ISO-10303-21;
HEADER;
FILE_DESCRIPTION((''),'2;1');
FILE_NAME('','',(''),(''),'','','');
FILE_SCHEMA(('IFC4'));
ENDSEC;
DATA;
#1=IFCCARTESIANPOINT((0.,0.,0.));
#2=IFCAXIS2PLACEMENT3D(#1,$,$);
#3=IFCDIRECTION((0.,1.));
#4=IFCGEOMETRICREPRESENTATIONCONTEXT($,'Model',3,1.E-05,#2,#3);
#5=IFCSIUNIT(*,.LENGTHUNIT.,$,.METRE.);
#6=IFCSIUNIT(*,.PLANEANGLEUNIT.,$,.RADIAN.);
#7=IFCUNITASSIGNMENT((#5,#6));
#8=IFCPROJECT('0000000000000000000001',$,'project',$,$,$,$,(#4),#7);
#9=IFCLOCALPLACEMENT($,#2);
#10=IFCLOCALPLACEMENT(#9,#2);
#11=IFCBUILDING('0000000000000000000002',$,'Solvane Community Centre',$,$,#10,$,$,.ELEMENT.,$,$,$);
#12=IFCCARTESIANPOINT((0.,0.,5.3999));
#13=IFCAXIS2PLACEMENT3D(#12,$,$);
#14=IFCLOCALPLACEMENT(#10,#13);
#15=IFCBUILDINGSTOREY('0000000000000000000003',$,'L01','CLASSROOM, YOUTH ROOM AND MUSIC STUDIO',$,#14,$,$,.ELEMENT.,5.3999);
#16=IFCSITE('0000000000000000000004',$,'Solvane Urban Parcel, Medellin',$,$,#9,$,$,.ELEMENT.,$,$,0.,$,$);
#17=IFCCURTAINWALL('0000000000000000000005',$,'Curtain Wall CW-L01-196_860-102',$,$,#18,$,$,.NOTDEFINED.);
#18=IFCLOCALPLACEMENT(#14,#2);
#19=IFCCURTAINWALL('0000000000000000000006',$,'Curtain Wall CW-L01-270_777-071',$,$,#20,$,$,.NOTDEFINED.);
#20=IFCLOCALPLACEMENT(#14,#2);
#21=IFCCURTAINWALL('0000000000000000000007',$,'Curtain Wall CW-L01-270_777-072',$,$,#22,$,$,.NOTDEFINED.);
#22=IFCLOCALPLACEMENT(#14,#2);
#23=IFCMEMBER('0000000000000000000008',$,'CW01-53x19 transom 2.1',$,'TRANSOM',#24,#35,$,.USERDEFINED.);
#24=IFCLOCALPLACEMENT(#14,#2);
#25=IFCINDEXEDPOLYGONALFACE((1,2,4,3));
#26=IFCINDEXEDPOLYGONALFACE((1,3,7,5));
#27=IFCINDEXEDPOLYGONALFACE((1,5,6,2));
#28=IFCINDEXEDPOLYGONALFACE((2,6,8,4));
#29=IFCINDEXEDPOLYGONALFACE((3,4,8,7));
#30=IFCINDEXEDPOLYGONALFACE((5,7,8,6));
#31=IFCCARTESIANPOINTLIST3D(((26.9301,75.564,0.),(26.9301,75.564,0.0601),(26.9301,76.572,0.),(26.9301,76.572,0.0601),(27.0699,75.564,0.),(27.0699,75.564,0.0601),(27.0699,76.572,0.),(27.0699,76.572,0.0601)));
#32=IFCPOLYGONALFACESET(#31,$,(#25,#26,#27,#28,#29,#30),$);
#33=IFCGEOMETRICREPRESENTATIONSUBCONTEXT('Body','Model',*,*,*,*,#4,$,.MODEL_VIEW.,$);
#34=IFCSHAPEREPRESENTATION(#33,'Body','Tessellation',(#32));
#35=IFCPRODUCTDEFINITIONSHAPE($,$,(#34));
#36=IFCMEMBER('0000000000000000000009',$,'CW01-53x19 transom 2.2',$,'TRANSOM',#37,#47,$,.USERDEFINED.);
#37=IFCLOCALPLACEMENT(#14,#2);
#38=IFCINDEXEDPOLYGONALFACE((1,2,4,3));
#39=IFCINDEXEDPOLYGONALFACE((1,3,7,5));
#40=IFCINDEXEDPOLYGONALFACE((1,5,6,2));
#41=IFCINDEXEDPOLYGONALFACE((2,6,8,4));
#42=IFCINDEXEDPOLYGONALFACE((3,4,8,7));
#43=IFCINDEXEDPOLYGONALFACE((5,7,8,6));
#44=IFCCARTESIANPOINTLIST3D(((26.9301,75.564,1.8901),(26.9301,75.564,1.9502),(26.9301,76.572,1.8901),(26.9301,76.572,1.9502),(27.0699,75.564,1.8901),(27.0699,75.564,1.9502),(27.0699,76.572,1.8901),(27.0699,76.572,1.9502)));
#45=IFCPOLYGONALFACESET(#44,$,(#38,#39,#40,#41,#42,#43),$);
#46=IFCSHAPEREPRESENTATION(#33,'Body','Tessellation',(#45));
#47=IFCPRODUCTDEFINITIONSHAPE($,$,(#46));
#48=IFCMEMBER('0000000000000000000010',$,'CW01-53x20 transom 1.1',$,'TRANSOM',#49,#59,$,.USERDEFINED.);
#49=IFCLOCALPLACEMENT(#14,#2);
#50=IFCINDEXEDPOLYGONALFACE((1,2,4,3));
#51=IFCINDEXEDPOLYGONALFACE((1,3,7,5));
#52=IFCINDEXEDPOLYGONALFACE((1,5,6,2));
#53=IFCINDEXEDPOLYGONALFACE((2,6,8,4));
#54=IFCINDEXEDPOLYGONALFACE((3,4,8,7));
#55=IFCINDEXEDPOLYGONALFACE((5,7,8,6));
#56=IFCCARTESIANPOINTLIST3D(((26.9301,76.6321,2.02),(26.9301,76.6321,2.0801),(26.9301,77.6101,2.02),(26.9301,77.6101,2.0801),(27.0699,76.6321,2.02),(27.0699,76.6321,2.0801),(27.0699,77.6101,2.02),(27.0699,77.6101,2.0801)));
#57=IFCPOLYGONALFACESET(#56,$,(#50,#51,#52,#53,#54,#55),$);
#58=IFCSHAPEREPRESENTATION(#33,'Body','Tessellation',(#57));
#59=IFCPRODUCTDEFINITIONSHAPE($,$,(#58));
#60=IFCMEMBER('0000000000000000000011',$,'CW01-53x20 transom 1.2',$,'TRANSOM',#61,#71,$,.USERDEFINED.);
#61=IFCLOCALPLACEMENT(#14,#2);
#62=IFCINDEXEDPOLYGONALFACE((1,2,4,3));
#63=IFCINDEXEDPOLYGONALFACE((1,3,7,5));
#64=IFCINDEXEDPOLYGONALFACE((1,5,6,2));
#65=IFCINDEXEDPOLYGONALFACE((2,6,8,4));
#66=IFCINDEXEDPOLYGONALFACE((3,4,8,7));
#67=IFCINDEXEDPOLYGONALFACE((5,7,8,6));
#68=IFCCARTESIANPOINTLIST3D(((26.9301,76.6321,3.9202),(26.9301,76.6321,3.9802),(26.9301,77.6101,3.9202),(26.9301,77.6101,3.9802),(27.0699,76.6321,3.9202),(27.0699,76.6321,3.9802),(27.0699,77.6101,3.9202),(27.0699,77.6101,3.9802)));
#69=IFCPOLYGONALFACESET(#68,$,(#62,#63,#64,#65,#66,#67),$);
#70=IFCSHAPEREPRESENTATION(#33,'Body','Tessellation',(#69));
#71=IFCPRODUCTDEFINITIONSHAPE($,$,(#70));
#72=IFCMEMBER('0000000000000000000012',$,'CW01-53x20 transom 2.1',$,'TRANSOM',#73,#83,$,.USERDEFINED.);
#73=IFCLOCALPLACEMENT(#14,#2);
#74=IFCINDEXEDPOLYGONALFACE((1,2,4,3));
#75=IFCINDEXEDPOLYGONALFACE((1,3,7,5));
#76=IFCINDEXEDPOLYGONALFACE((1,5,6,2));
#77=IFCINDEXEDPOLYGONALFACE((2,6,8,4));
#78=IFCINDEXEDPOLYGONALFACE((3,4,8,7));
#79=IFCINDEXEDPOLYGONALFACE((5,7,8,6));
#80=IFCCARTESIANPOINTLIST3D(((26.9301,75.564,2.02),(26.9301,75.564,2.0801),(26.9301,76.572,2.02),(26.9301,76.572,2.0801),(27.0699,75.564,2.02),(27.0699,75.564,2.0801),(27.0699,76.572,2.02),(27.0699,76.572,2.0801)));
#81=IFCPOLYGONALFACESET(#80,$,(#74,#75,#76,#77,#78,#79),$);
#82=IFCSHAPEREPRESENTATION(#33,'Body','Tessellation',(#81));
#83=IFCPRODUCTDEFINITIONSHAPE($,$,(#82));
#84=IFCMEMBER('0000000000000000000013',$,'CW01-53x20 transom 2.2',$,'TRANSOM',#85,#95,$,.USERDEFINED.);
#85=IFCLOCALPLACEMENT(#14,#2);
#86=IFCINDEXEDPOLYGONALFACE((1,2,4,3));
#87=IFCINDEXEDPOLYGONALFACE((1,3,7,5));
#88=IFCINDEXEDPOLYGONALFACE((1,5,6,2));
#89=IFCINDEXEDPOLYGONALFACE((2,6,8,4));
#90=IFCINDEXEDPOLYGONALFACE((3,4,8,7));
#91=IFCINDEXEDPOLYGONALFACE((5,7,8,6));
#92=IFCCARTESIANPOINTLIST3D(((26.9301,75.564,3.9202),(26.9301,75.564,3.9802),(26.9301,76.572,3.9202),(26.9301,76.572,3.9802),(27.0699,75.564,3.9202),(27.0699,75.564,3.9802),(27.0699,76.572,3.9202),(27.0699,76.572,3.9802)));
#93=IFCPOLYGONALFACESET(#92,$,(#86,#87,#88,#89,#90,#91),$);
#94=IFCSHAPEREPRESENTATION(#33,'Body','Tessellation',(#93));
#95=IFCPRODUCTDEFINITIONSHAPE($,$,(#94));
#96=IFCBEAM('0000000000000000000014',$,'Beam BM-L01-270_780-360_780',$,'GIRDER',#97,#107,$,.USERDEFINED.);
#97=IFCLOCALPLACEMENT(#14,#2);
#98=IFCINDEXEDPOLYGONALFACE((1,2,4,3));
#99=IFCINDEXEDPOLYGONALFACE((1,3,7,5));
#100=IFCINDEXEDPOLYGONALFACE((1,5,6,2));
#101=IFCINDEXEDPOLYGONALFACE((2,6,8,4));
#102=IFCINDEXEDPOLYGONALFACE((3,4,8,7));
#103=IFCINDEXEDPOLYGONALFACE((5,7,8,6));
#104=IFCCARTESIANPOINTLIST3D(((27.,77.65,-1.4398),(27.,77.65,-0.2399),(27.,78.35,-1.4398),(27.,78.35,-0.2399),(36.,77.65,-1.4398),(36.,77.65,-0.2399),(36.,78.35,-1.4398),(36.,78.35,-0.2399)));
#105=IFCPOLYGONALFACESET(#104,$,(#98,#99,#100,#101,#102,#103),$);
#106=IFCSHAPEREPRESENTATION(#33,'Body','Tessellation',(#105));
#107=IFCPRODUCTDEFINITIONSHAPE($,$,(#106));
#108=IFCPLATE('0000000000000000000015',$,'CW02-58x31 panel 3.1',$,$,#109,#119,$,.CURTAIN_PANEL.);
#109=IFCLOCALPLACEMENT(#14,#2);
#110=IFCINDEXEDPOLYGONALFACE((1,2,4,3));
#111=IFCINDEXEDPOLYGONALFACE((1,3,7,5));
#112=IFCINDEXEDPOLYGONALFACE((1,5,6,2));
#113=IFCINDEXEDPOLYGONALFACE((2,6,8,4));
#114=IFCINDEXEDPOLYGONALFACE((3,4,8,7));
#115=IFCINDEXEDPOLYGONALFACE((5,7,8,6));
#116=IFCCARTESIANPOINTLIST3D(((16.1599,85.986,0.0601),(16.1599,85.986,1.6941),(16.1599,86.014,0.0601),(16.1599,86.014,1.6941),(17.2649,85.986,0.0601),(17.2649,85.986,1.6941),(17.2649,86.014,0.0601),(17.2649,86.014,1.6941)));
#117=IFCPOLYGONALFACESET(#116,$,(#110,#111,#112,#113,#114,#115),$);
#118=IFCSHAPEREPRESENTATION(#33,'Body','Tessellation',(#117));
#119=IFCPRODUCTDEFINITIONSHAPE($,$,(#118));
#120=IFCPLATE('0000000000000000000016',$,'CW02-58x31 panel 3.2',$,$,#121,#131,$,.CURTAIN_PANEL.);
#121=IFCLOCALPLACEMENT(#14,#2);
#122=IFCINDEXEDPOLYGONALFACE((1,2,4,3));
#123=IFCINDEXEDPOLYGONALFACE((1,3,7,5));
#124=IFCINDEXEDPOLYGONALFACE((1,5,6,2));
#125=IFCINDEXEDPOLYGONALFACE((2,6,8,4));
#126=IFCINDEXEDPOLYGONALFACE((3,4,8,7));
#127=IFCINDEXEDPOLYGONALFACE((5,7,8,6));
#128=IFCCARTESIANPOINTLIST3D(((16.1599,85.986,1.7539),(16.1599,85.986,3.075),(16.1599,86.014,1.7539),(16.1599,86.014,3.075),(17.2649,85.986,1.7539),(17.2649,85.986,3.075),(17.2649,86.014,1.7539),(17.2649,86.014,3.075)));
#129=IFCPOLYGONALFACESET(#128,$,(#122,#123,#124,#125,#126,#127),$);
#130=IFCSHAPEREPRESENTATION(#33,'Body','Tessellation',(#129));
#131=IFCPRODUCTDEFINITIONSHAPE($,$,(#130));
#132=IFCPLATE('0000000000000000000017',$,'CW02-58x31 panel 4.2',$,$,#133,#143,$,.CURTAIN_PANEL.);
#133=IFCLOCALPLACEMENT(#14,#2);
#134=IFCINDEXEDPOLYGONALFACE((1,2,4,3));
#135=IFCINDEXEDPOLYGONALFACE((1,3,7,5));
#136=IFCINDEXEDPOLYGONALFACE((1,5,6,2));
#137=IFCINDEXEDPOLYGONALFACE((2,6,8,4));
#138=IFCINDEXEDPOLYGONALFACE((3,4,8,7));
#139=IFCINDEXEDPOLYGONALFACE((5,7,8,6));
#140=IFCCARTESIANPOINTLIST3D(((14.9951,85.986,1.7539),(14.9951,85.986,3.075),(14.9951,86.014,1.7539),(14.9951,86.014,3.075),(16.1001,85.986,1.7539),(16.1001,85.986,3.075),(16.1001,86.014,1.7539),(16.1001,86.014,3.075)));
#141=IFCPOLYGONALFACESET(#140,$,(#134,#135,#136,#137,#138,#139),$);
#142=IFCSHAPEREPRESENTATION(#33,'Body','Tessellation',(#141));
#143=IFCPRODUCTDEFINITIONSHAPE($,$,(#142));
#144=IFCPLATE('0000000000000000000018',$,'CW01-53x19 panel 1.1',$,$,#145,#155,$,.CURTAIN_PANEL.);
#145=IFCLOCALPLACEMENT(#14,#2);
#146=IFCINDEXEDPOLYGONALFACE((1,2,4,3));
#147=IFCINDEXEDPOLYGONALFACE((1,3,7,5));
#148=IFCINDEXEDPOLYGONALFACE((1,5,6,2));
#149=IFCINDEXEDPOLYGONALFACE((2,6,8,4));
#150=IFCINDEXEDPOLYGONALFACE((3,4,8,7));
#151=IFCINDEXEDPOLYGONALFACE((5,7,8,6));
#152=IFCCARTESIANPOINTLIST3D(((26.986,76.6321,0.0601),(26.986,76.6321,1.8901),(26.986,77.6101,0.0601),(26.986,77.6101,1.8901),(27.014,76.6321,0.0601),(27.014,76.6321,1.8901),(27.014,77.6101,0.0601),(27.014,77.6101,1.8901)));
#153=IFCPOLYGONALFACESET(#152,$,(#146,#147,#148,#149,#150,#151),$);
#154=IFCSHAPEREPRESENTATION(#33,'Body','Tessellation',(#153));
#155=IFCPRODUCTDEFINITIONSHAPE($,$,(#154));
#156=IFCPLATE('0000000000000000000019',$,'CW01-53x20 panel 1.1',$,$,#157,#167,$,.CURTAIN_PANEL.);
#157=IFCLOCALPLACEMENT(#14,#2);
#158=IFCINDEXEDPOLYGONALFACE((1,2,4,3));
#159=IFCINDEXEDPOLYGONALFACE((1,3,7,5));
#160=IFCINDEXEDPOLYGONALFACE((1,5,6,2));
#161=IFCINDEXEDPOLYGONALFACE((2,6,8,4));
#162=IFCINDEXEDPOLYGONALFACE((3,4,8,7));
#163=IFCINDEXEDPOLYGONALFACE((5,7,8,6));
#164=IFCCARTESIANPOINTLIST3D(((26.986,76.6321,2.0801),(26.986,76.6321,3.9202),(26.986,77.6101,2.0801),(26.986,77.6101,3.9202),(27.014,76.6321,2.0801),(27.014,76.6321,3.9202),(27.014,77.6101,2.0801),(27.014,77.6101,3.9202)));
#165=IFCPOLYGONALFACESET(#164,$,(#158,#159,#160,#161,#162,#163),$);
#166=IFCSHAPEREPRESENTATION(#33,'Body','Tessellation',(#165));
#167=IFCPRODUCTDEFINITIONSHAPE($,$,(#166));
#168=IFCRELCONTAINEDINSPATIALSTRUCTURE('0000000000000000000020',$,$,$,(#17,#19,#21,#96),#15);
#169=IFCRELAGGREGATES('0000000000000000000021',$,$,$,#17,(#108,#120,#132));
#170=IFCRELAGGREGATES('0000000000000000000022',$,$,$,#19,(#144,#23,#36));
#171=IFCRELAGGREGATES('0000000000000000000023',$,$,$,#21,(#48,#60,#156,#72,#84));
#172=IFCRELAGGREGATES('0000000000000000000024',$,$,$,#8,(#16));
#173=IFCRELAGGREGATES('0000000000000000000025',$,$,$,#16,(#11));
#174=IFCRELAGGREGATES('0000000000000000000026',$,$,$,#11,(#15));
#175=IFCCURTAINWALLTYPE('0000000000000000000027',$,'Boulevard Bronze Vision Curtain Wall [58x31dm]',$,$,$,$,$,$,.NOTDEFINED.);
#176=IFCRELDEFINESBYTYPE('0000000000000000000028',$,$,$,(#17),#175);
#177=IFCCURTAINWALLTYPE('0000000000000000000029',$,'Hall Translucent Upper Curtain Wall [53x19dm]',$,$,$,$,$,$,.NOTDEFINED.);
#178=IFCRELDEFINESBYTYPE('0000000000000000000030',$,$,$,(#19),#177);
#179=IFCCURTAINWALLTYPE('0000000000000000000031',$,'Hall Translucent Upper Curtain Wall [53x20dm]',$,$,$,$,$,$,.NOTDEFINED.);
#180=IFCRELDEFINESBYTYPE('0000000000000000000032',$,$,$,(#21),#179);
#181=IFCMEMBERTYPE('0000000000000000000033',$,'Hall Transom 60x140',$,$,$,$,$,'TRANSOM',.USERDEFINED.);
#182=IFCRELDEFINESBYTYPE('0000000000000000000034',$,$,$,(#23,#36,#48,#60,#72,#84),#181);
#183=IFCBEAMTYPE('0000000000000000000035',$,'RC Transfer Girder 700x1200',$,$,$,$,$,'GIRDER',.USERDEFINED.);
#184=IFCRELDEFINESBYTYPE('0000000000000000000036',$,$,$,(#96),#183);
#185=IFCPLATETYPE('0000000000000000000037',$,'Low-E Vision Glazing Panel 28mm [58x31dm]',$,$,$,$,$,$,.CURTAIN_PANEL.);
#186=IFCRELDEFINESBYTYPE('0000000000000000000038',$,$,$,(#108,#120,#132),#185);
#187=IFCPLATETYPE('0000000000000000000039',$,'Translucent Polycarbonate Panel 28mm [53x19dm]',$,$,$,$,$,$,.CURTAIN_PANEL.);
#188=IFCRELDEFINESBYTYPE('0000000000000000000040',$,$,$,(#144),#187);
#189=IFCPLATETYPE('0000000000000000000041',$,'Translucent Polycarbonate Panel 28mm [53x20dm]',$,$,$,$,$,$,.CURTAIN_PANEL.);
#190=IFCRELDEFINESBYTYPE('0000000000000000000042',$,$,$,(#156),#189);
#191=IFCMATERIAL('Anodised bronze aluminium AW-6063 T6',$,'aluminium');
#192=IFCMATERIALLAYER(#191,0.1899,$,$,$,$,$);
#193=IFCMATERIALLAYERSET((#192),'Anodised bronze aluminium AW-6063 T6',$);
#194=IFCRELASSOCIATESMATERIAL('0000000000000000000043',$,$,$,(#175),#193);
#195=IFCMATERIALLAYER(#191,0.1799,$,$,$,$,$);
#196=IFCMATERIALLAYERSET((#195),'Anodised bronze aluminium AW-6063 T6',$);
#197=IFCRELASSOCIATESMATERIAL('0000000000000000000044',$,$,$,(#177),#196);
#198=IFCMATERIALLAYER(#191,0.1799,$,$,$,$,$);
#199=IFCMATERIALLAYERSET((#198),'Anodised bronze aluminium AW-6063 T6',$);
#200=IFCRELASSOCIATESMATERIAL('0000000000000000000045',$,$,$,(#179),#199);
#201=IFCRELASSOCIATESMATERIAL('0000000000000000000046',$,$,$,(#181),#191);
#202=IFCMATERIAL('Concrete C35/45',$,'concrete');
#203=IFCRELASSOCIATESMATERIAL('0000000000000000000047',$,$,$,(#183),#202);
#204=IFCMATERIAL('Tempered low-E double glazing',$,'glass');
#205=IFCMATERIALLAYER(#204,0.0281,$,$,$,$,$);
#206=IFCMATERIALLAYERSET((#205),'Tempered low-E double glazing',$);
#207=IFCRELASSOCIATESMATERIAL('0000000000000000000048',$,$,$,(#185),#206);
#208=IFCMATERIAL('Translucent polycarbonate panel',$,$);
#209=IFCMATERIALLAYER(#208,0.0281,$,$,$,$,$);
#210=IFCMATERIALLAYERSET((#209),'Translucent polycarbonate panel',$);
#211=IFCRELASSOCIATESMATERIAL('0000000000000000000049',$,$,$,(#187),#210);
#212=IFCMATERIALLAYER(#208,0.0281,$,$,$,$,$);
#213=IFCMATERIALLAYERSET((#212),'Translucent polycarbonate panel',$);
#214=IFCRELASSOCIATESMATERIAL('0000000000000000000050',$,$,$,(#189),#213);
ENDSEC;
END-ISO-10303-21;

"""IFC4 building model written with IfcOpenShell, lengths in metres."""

from ifc_helpers import new_model, si_unit, direction, frame, origin, origin_2d, place, context, subcontext, project, spatial, rectangle, extrude, material, layer, layer_set, material_profile, profile_set, type_object, element, aggregate, save


model = new_model("IFC4")

# Units and contexts
model_context = context("Model", 3, precision=1e-05, world=origin(), true_north=direction((0.0, 1.0)))
body_context = subcontext(model_context, "Body", "Model", "MODEL_VIEW")
ifc_project = project(units=[si_unit("LENGTHUNIT", "METRE"), si_unit("PLANEANGLEUNIT", "RADIAN")], contexts=[model_context])

# Site, building, storey
site_placement = place(None, origin())
site = spatial("IfcSite", under=ifc_project, at=site_placement, Name="Solvane Urban Parcel, Medellin", CompositionType="ELEMENT", RefElevation=0.0)
building_placement = place(site_placement, origin())
building = spatial("IfcBuilding", under=site, at=building_placement, Name="Solvane Community Centre", CompositionType="ELEMENT")
storey_placement = place(building_placement, frame((0.0, 0.0, 5.3999)))
storey = spatial("IfcBuildingStorey", under=building, at=storey_placement, Name="L01", Description="CLASSROOM, YOUTH ROOM AND MUSIC STUDIO", CompositionType="ELEMENT", Elevation=5.3999)

# Shared definitions
ifc_material_1 = material(Name="Concrete C35/45", Category="concrete")

# Curtain walls
ifc_material_2 = material(Name="Anodised bronze aluminium AW-6063 T6", Category="aluminium")
ifc_layer_1 = layer(ifc_material_2, 0.1899)
ifc_layer_set_1 = layer_set([ifc_layer_1], Name="Anodised bronze aluminium AW-6063 T6")
curtain_wall_type_1 = type_object("IfcCurtainWallType", Name="Boulevard Bronze Vision Curtain Wall [58x31dm]", PredefinedType="NOTDEFINED", material=ifc_layer_set_1)
curtain_wall_1_placement = place(storey_placement, origin())
curtain_wall_1 = element("IfcCurtainWall", 1, at=curtain_wall_1_placement, inside=storey, type_object=curtain_wall_type_1, Name="Curtain Wall CW-L01-196_860-102", PredefinedType="NOTDEFINED")
ifc_layer_2 = layer(ifc_material_2, 0.1799)
ifc_layer_set_2 = layer_set([ifc_layer_2], Name="Anodised bronze aluminium AW-6063 T6")
curtain_wall_type_2 = type_object("IfcCurtainWallType", Name="Hall Translucent Upper Curtain Wall [53x19dm]", PredefinedType="NOTDEFINED", material=ifc_layer_set_2)
curtain_wall_2_placement = place(storey_placement, origin())
curtain_wall_2 = element("IfcCurtainWall", 2, at=curtain_wall_2_placement, inside=storey, type_object=curtain_wall_type_2, Name="Curtain Wall CW-L01-270_777-071", PredefinedType="NOTDEFINED")
ifc_layer_3 = layer(ifc_material_2, 0.1799)
ifc_layer_set_3 = layer_set([ifc_layer_3], Name="Anodised bronze aluminium AW-6063 T6")
curtain_wall_type_3 = type_object("IfcCurtainWallType", Name="Hall Translucent Upper Curtain Wall [53x20dm]", PredefinedType="NOTDEFINED", material=ifc_layer_set_3)
curtain_wall_3_placement = place(storey_placement, origin())
curtain_wall_3 = element("IfcCurtainWall", 3, at=curtain_wall_3_placement, inside=storey, type_object=curtain_wall_type_3, Name="Curtain Wall CW-L01-270_777-072", PredefinedType="NOTDEFINED")

# Members
ifc_material_profile_1 = material_profile(ifc_material_2, rectangle(XDim=0.1399, YDim=0.0601, at=origin_2d()), Name="CW-T 60x140")
ifc_profile_set_1 = profile_set([ifc_material_profile_1], Name="Anodised bronze aluminium AW-6063 T6")
member_type_1 = type_object("IfcMemberType", Name="Hall Transom 60x140", ElementType="TRANSOM", PredefinedType="USERDEFINED", material=ifc_profile_set_1)
member_1_placement = place(storey_placement, frame((27.0, 76.572, 0.03), z_axis=(0.0, -1.0, 0.0), x_axis=(1.0, 0.0, 0.0)))
member_1 = element("IfcMember", 4, at=member_1_placement, type_object=member_type_1, Name="CW01-53x19 transom 2.1", ObjectType="TRANSOM", PredefinedType="USERDEFINED", context=body_context, shape_type="SweptSolid", body=[
    extrude(rectangle(XDim=0.1399, YDim=0.0601, at=origin_2d()), origin(), (0.0, 0.0, 1.0), 1.0081),
])
member_2_placement = place(storey_placement, frame((27.0, 76.572, 1.9202), z_axis=(0.0, -1.0, 0.0), x_axis=(1.0, 0.0, 0.0)))
member_2 = element("IfcMember", 5, at=member_2_placement, type_object=member_type_1, Name="CW01-53x19 transom 2.2", ObjectType="TRANSOM", PredefinedType="USERDEFINED", context=body_context, shape_type="SweptSolid", body=[
    extrude(rectangle(XDim=0.1399, YDim=0.0601, at=origin_2d()), origin(), (0.0, 0.0, 1.0), 1.0081),
])
member_3_placement = place(storey_placement, frame((27.0, 77.6101, 2.05), z_axis=(0.0, -1.0, 0.0), x_axis=(1.0, 0.0, 0.0)))
member_3 = element("IfcMember", 6, at=member_3_placement, type_object=member_type_1, Name="CW01-53x20 transom 1.1", ObjectType="TRANSOM", PredefinedType="USERDEFINED", context=body_context, shape_type="SweptSolid", body=[
    extrude(rectangle(XDim=0.1399, YDim=0.0601, at=origin_2d()), origin(), (0.0, 0.0, 1.0), 0.978),
])
member_4_placement = place(storey_placement, frame((27.0, 77.6101, 3.9502), z_axis=(0.0, -1.0, 0.0), x_axis=(1.0, 0.0, 0.0)))
member_4 = element("IfcMember", 7, at=member_4_placement, type_object=member_type_1, Name="CW01-53x20 transom 1.2", ObjectType="TRANSOM", PredefinedType="USERDEFINED", context=body_context, shape_type="SweptSolid", body=[
    extrude(rectangle(XDim=0.1399, YDim=0.0601, at=origin_2d()), origin(), (0.0, 0.0, 1.0), 0.978),
])
member_5_placement = place(storey_placement, frame((27.0, 76.572, 2.05), z_axis=(0.0, -1.0, 0.0), x_axis=(1.0, 0.0, 0.0)))
member_5 = element("IfcMember", 8, at=member_5_placement, type_object=member_type_1, Name="CW01-53x20 transom 2.1", ObjectType="TRANSOM", PredefinedType="USERDEFINED", context=body_context, shape_type="SweptSolid", body=[
    extrude(rectangle(XDim=0.1399, YDim=0.0601, at=origin_2d()), origin(), (0.0, 0.0, 1.0), 1.0081),
])
member_6_placement = place(storey_placement, frame((27.0, 76.572, 3.9502), z_axis=(0.0, -1.0, 0.0), x_axis=(1.0, 0.0, 0.0)))
member_6 = element("IfcMember", 9, at=member_6_placement, type_object=member_type_1, Name="CW01-53x20 transom 2.2", ObjectType="TRANSOM", PredefinedType="USERDEFINED", context=body_context, shape_type="SweptSolid", body=[
    extrude(rectangle(XDim=0.1399, YDim=0.0601, at=origin_2d()), origin(), (0.0, 0.0, 1.0), 1.0081),
])

# Beam
ifc_material_profile_2 = material_profile(ifc_material_1, rectangle(XDim=0.7, YDim=1.2, at=origin_2d()), Name="RC 700x1200")
ifc_profile_set_2 = profile_set([ifc_material_profile_2], Name="Concrete C35/45")
beam_type = type_object("IfcBeamType", Name="RC Transfer Girder 700x1200", ElementType="GIRDER", PredefinedType="USERDEFINED", material=ifc_profile_set_2)
beam_placement = place(storey_placement, frame((27.0, 78.0, -0.8398), z_axis=(1.0, 0.0, 0.0), x_axis=(0.0, 1.0, 0.0)))
element("IfcBeam", 10, at=beam_placement, inside=storey, type_object=beam_type, Name="Beam BM-L01-270_780-360_780", ObjectType="GIRDER", PredefinedType="USERDEFINED", context=body_context, shape_type="SweptSolid", body=[
    extrude(rectangle(XDim=0.7, YDim=1.2, at=origin_2d()), origin(), (0.0, 0.0, 1.0), 9.0),
])

# Plates
ifc_material_3 = material(Name="Tempered low-E double glazing", Category="glass")
ifc_layer_4 = layer(ifc_material_3, 0.0281)
ifc_layer_set_4 = layer_set([ifc_layer_4], Name="Tempered low-E double glazing")
plate_type_1 = type_object("IfcPlateType", Name="Low-E Vision Glazing Panel 28mm [58x31dm]", PredefinedType="CURTAIN_PANEL", material=ifc_layer_set_4)
plate_1_placement = place(storey_placement, frame((16.7124, 86.0, 0.0601), z_axis=(0.0, 0.0, 1.0), x_axis=(-1.0, 0.0, 0.0)))
plate_1 = element("IfcPlate", 11, at=plate_1_placement, type_object=plate_type_1, Name="CW02-58x31 panel 3.1", PredefinedType="CURTAIN_PANEL", context=body_context, shape_type="SweptSolid", body=[
    extrude(rectangle(XDim=1.105, YDim=0.0281, at=origin_2d()), origin(), (0.0, 0.0, 1.0), 1.634),
])
plate_2_placement = place(storey_placement, frame((16.7124, 86.0, 1.7539), z_axis=(0.0, 0.0, 1.0), x_axis=(-1.0, 0.0, 0.0)))
plate_2 = element("IfcPlate", 12, at=plate_2_placement, type_object=plate_type_1, Name="CW02-58x31 panel 3.2", PredefinedType="CURTAIN_PANEL", context=body_context, shape_type="SweptSolid", body=[
    extrude(rectangle(XDim=1.105, YDim=0.0281, at=origin_2d()), origin(), (0.0, 0.0, 1.0), 1.321),
])
plate_3_placement = place(storey_placement, frame((15.5476, 86.0, 1.7539), z_axis=(0.0, 0.0, 1.0), x_axis=(-1.0, 0.0, 0.0)))
plate_3 = element("IfcPlate", 13, at=plate_3_placement, type_object=plate_type_1, Name="CW02-58x31 panel 4.2", PredefinedType="CURTAIN_PANEL", context=body_context, shape_type="SweptSolid", body=[
    extrude(rectangle(XDim=1.105, YDim=0.0281, at=origin_2d()), origin(), (0.0, 0.0, 1.0), 1.321),
])
aggregate(curtain_wall_1, [plate_1, plate_2, plate_3])
ifc_material_4 = material(Name="Translucent polycarbonate panel")
ifc_layer_5 = layer(ifc_material_4, 0.0281)
ifc_layer_set_5 = layer_set([ifc_layer_5], Name="Translucent polycarbonate panel")
plate_type_2 = type_object("IfcPlateType", Name="Translucent Polycarbonate Panel 28mm [53x19dm]", PredefinedType="CURTAIN_PANEL", material=ifc_layer_set_5)
plate_4_placement = place(storey_placement, frame((27.0, 77.1211, 0.0601), z_axis=(0.0, 0.0, 1.0), x_axis=(0.0, -1.0, 0.0)))
plate_4 = element("IfcPlate", 14, at=plate_4_placement, type_object=plate_type_2, Name="CW01-53x19 panel 1.1", PredefinedType="CURTAIN_PANEL", context=body_context, shape_type="SweptSolid", body=[
    extrude(rectangle(XDim=0.978, YDim=0.0281, at=origin_2d()), origin(), (0.0, 0.0, 1.0), 1.8301),
])
aggregate(curtain_wall_2, [plate_4, member_1, member_2])
ifc_layer_6 = layer(ifc_material_4, 0.0281)
ifc_layer_set_6 = layer_set([ifc_layer_6], Name="Translucent polycarbonate panel")
plate_type_3 = type_object("IfcPlateType", Name="Translucent Polycarbonate Panel 28mm [53x20dm]", PredefinedType="CURTAIN_PANEL", material=ifc_layer_set_6)
plate_5_placement = place(storey_placement, frame((27.0, 77.1211, 2.0801), z_axis=(0.0, 0.0, 1.0), x_axis=(0.0, -1.0, 0.0)))
plate_5 = element("IfcPlate", 15, at=plate_5_placement, type_object=plate_type_3, Name="CW01-53x20 panel 1.1", PredefinedType="CURTAIN_PANEL", context=body_context, shape_type="SweptSolid", body=[
    extrude(rectangle(XDim=0.978, YDim=0.0281, at=origin_2d()), origin(), (0.0, 0.0, 1.0), 1.8401),
])
aggregate(curtain_wall_3, [member_3, member_4, plate_5, member_5, member_6])

save(model, "model.ifc")
